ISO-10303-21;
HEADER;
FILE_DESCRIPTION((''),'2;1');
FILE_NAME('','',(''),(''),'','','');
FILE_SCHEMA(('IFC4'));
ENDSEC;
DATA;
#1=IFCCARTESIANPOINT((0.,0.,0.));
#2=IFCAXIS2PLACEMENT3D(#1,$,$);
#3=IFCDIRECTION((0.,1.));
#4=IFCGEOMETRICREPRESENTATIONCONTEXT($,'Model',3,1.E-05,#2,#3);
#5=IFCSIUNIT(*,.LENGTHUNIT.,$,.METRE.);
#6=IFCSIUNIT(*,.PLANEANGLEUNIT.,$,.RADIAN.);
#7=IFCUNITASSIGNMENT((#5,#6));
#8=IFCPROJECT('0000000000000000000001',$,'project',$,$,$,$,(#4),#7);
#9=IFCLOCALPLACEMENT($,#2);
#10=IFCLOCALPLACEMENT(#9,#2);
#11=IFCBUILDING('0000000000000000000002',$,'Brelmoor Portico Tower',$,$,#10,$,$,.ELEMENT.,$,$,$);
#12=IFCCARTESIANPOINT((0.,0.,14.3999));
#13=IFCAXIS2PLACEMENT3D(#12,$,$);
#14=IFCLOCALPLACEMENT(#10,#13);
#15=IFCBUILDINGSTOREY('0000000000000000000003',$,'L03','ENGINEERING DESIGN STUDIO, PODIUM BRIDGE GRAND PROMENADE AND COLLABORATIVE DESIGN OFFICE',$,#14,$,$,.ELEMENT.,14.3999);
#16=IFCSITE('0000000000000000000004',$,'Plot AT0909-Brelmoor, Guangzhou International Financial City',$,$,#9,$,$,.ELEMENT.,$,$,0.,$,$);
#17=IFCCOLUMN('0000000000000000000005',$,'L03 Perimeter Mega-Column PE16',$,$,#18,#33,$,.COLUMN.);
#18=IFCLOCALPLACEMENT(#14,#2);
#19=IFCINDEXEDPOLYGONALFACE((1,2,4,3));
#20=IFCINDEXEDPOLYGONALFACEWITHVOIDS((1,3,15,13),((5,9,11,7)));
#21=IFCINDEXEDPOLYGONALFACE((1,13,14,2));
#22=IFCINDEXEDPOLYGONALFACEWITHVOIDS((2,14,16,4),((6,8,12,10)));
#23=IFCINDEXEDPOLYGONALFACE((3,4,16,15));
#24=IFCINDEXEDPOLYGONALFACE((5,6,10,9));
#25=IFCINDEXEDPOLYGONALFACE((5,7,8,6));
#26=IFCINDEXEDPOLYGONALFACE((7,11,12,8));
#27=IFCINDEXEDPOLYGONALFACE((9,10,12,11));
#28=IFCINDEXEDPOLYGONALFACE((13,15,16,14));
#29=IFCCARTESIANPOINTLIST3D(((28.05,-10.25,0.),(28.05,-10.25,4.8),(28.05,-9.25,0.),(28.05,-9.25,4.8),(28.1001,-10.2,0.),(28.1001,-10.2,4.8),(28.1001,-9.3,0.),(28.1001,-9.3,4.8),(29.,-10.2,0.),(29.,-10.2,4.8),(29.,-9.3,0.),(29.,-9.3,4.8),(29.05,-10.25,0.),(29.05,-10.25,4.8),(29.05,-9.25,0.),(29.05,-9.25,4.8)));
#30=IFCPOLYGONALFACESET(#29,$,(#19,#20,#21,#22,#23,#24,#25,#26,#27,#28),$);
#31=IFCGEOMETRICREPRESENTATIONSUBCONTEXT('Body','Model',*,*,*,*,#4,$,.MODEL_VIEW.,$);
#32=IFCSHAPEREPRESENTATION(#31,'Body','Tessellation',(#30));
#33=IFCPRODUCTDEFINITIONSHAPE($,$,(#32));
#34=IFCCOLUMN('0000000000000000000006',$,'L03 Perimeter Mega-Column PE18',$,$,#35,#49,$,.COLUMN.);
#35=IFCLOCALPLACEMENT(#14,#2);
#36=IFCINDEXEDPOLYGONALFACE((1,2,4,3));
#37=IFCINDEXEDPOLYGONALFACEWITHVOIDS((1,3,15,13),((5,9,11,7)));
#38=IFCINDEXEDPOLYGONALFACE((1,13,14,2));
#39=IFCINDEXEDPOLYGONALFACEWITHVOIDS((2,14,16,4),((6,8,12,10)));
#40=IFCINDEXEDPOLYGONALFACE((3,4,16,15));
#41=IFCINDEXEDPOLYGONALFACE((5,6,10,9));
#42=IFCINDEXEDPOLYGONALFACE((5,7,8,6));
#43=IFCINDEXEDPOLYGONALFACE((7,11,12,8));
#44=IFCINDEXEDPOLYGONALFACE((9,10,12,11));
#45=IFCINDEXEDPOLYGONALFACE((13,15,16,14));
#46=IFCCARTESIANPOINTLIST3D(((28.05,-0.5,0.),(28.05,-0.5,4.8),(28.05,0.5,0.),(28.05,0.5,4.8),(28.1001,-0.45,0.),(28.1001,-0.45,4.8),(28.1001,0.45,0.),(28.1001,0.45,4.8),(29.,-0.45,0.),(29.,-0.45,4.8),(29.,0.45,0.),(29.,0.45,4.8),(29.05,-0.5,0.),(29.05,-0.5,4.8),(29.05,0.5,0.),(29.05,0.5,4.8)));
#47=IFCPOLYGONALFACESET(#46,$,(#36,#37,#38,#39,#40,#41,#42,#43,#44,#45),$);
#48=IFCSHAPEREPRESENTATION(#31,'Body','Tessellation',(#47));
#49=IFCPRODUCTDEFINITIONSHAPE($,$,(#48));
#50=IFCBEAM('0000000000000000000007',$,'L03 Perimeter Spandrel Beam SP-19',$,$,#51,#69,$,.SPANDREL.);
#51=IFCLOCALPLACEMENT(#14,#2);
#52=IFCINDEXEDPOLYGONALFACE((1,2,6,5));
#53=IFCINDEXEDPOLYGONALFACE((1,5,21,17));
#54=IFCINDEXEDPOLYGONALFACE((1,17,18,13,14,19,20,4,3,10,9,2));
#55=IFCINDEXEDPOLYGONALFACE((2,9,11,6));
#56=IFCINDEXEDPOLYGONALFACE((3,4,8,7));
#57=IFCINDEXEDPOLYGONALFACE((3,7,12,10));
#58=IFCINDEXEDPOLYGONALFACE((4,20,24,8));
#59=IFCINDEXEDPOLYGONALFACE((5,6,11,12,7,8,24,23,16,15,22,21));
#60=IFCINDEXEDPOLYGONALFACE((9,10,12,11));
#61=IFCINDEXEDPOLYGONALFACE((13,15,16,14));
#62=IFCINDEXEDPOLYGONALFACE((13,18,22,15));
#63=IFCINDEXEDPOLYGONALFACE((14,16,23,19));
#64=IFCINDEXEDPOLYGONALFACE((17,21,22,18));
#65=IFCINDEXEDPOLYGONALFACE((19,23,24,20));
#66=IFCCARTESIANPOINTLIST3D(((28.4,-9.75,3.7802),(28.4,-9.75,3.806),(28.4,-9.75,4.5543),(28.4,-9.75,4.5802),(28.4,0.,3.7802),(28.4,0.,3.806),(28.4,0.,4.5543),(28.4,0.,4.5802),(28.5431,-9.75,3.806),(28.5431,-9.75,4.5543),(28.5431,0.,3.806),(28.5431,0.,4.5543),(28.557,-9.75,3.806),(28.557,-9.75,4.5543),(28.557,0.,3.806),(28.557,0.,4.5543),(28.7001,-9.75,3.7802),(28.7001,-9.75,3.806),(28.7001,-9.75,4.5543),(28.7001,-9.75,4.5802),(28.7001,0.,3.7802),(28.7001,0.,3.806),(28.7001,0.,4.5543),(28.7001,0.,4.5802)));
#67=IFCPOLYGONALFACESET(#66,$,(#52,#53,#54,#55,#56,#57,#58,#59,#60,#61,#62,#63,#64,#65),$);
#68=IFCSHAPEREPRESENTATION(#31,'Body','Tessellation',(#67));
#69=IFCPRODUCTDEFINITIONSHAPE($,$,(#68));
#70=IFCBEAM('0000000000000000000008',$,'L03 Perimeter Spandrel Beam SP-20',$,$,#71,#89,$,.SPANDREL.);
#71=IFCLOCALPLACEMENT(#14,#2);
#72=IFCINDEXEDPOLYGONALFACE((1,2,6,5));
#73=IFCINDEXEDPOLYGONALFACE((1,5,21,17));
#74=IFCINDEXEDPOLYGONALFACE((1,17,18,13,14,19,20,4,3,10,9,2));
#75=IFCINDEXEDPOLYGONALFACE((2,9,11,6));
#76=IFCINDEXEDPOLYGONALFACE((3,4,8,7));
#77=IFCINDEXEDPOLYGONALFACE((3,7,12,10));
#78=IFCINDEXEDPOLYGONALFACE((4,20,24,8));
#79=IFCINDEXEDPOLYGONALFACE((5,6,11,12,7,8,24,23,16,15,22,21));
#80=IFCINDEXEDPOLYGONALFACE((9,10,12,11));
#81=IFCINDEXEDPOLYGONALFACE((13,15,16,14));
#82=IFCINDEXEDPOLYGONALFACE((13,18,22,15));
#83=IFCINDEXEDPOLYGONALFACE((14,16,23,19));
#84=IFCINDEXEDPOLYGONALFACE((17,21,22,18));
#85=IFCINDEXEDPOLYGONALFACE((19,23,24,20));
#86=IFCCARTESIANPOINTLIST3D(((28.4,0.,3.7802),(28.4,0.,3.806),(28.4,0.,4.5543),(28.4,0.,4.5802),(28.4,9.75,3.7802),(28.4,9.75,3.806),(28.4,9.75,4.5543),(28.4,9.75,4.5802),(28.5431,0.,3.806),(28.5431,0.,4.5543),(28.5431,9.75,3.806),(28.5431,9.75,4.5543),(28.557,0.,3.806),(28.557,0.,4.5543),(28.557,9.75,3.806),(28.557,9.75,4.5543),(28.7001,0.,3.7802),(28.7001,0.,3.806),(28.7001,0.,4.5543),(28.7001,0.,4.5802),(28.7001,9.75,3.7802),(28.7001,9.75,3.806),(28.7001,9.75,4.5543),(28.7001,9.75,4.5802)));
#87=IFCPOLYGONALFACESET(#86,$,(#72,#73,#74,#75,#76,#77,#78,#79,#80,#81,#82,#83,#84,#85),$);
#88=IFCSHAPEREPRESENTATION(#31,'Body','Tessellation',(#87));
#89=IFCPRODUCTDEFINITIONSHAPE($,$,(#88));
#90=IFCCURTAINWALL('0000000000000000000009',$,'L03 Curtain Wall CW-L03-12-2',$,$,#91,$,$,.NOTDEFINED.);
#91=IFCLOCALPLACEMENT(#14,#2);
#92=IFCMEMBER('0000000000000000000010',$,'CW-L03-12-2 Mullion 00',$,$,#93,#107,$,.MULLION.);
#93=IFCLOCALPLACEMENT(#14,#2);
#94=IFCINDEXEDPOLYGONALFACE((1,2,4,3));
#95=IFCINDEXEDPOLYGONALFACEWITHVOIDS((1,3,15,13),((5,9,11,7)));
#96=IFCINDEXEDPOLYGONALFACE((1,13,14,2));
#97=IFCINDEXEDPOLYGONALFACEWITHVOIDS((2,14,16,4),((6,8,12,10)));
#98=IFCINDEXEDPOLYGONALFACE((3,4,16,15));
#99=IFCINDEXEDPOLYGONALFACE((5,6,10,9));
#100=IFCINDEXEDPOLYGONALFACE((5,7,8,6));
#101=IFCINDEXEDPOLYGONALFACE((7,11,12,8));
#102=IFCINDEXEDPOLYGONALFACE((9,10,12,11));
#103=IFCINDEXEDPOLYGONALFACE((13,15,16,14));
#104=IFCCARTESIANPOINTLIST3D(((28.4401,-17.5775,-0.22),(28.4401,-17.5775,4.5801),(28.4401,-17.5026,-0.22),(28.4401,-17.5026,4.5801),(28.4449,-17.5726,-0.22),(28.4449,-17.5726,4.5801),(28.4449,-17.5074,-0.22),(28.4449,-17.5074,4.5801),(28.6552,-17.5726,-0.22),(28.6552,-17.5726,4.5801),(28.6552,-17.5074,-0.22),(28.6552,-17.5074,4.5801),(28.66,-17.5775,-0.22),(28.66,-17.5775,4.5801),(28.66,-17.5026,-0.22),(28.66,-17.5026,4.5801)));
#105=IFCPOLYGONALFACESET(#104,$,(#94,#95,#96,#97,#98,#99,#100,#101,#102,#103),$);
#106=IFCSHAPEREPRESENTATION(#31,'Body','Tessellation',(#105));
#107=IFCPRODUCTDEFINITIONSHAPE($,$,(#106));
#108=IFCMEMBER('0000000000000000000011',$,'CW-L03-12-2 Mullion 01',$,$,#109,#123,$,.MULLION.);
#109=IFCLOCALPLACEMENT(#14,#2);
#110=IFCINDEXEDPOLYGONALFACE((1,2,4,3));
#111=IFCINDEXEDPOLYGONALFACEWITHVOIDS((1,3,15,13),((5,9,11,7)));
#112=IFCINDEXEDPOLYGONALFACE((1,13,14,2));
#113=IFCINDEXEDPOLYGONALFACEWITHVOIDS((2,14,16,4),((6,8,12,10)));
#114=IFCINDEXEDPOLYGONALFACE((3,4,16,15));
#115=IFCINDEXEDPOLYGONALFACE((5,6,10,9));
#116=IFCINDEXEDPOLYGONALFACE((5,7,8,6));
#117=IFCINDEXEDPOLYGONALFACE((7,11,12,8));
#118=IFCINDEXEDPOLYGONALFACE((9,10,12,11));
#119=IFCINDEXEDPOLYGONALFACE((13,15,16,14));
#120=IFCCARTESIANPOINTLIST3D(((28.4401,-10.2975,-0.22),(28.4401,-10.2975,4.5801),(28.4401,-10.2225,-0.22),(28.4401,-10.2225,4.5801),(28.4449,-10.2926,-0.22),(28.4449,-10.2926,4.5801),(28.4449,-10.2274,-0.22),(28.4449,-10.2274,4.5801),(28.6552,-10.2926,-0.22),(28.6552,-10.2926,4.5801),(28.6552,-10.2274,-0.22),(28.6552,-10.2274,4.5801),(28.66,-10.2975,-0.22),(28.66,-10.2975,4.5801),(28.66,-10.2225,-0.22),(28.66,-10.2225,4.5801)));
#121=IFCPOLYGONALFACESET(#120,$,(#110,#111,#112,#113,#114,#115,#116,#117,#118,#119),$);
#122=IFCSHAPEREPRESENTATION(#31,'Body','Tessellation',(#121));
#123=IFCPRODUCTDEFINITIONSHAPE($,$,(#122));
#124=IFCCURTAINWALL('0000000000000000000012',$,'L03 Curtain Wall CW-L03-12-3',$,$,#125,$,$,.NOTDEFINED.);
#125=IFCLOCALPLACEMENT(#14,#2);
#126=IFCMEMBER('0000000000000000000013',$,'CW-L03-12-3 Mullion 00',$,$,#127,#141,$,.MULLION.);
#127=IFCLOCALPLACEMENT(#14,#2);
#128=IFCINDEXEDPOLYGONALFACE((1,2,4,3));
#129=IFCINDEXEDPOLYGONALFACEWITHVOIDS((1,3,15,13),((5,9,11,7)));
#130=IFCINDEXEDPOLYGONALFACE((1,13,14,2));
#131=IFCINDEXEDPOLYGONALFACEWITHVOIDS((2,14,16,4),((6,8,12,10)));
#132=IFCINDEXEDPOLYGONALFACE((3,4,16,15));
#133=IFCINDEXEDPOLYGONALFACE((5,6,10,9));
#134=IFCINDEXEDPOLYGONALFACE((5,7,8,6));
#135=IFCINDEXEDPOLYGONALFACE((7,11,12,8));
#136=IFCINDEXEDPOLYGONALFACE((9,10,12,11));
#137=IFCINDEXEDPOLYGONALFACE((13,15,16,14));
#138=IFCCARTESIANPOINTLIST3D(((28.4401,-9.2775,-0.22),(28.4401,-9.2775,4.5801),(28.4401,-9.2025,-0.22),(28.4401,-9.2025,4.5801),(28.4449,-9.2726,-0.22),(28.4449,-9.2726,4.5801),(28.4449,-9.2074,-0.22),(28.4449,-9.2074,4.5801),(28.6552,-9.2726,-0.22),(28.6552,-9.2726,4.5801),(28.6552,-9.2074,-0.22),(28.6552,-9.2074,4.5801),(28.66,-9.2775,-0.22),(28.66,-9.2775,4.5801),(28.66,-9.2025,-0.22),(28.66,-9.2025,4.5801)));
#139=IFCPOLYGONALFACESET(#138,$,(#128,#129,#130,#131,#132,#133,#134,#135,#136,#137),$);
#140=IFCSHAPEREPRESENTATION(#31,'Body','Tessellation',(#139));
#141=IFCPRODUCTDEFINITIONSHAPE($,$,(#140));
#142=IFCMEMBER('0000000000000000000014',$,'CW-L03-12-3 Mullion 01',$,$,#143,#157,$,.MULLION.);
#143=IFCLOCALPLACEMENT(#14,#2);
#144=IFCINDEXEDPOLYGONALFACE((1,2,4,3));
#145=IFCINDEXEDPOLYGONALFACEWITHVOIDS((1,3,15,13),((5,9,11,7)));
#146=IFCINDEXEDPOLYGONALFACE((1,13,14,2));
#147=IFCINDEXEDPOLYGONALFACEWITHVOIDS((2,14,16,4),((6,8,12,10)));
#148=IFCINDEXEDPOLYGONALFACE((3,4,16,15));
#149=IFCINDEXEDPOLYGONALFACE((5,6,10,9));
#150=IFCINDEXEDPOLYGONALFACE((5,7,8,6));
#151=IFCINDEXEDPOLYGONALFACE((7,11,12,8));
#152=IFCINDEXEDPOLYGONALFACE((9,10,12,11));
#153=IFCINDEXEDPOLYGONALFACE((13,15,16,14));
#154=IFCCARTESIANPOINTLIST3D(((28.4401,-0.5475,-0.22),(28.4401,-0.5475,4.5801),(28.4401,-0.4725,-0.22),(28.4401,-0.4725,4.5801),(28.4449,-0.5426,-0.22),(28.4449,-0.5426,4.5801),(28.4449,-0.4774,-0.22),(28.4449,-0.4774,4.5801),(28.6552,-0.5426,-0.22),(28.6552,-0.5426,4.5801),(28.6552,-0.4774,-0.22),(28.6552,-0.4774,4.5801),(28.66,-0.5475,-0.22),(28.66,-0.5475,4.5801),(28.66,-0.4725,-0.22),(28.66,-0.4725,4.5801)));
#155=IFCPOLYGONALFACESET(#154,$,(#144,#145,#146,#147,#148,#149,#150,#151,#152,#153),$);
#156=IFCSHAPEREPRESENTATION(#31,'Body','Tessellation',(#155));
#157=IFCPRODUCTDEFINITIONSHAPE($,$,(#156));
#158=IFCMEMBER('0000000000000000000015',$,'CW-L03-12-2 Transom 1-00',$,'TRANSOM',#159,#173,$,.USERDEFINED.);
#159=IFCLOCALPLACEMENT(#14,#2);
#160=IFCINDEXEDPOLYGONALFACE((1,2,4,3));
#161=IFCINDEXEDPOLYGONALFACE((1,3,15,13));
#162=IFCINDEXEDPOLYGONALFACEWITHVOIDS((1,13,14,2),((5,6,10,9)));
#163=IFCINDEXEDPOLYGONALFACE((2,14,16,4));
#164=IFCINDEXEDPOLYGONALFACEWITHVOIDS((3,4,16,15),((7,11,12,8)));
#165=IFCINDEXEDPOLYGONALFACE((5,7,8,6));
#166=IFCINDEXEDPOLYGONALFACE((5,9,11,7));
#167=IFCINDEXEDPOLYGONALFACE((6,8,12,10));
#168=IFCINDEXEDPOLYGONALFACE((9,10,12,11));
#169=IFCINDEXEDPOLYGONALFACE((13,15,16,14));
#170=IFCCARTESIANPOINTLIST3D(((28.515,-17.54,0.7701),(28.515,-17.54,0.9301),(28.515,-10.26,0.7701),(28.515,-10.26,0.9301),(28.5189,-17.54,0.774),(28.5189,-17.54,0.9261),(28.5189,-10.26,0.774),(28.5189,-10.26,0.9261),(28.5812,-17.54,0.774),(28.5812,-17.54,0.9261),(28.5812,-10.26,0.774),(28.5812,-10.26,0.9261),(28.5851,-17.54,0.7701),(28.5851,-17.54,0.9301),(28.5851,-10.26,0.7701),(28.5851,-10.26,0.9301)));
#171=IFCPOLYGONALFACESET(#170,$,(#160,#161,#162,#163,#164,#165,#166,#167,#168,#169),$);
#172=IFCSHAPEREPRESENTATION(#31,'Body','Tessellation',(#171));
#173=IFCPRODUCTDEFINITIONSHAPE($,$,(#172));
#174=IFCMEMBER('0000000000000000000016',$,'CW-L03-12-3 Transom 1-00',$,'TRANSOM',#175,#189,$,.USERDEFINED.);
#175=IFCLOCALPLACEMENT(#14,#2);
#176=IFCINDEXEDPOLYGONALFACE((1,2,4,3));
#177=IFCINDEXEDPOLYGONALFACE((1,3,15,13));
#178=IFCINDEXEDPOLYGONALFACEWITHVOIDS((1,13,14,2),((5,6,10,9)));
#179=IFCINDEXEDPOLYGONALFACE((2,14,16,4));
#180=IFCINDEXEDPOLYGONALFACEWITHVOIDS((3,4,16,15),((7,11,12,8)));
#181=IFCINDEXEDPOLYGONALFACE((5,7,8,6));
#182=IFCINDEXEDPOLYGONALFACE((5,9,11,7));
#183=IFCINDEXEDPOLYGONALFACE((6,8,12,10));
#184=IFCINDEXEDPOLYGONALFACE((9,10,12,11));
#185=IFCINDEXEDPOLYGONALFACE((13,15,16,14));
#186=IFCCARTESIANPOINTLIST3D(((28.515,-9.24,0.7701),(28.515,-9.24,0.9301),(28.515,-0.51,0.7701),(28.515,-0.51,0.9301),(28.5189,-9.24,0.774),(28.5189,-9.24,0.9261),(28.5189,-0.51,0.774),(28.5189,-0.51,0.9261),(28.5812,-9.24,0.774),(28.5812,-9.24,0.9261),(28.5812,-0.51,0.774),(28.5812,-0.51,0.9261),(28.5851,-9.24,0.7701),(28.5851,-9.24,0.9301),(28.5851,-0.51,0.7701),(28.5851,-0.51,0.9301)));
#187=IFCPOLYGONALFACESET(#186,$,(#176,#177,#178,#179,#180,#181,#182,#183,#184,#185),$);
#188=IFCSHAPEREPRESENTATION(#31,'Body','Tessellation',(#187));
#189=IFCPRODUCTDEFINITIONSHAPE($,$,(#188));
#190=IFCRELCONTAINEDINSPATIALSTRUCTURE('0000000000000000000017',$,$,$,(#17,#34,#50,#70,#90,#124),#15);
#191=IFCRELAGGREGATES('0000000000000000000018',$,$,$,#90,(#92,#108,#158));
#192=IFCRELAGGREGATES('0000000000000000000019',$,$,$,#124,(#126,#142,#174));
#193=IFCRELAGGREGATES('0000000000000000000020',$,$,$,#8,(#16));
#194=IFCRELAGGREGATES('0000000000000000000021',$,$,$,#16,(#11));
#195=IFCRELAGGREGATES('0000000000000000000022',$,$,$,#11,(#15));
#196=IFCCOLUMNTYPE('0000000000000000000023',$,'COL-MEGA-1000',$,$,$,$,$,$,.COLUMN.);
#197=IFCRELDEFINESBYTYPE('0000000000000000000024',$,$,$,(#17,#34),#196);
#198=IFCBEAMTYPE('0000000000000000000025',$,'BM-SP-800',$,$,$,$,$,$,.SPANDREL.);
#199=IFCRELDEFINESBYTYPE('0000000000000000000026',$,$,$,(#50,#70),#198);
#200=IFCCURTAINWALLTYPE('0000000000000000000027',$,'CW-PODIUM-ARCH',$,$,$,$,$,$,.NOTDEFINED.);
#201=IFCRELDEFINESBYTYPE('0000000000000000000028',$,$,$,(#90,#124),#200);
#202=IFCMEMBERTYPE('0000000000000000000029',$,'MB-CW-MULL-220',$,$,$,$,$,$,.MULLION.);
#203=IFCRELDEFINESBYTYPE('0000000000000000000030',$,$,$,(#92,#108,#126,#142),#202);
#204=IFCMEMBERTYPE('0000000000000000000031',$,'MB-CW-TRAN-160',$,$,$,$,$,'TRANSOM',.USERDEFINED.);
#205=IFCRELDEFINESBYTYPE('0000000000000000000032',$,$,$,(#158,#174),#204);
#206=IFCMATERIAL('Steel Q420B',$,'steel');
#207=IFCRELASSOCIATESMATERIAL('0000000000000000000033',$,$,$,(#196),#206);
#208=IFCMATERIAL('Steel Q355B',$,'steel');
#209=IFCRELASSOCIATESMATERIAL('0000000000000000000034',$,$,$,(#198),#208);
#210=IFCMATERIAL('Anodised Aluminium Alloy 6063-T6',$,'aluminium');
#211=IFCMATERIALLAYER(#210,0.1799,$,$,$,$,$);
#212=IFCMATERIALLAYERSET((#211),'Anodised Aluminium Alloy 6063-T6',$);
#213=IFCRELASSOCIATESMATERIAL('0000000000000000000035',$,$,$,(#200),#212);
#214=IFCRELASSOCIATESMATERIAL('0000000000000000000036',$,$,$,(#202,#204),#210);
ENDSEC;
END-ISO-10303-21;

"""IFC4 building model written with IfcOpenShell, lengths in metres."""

from ifc_helpers import new_model, si_unit, direction, frame, origin, origin_2d, place, context, subcontext, project, spatial, hollow_rectangle, i_section, extrude, material, layer, layer_set, material_profile, profile_set, type_object, element, aggregate, save


model = new_model("IFC4")

# Units and contexts
model_context = context("Model", 3, precision=1e-05, world=origin(), true_north=direction((0.0, 1.0)))
body_context = subcontext(model_context, "Body", "Model", "MODEL_VIEW")
ifc_project = project(units=[si_unit("LENGTHUNIT", "METRE"), si_unit("PLANEANGLEUNIT", "RADIAN")], contexts=[model_context])

# Site, building, storey
site_placement = place(None, origin())
site = spatial("IfcSite", under=ifc_project, at=site_placement, Name="Plot AT0909-Brelmoor, Guangzhou International Financial City", CompositionType="ELEMENT", RefElevation=0.0)
building_placement = place(site_placement, origin())
building = spatial("IfcBuilding", under=site, at=building_placement, Name="Brelmoor Portico Tower", CompositionType="ELEMENT")
storey_placement = place(building_placement, frame((0.0, 0.0, 14.3999)))
storey = spatial("IfcBuildingStorey", under=building, at=storey_placement, Name="L03", Description="ENGINEERING DESIGN STUDIO, PODIUM BRIDGE GRAND PROMENADE AND COLLABORATIVE DESIGN OFFICE", CompositionType="ELEMENT", Elevation=14.3999)

# Columns
ifc_material_1 = material(Name="Steel Q420B", Category="steel")
ifc_material_profile_1 = material_profile(ifc_material_1, hollow_rectangle(XDim=1.0, YDim=1.0, WallThickness=0.05, at=origin_2d()), Name="BOX 1000x1000x50")
ifc_profile_set_1 = profile_set([ifc_material_profile_1], Name="Steel Q420B")
column_type = type_object("IfcColumnType", Name="COL-MEGA-1000", PredefinedType="COLUMN", material=ifc_profile_set_1)
for number, where, z_axis, x_axis, name in (
    (1, (28.55, -9.75, 0.0), (0.0, 0.0, 1.0), (0.0, 1.0, 0.0), "L03 Perimeter Mega-Column PE16"),
    (2, (28.55, 0.0, 0.0), (0.0, 0.0, 1.0), (0.0, 1.0, 0.0), "L03 Perimeter Mega-Column PE18"),
):
    element("IfcColumn", number, at=place(storey_placement, frame(where, z_axis=z_axis, x_axis=x_axis)), inside=storey, type_object=column_type, Name=name, PredefinedType="COLUMN", context=body_context, shape_type="SweptSolid", body=[
        extrude(hollow_rectangle(XDim=1.0, YDim=1.0, WallThickness=0.05, at=origin_2d()), origin(), (0.0, 0.0, 1.0), 4.8),
    ])

# Beams
ifc_material_2 = material(Name="Steel Q355B", Category="steel")
ifc_material_profile_2 = material_profile(ifc_material_2, i_section(OverallWidth=0.3, OverallDepth=0.8, WebThickness=0.0139, FlangeThickness=0.0259, at=origin_2d()), Name="HN 800x300x14x26")
ifc_profile_set_2 = profile_set([ifc_material_profile_2], Name="Steel Q355B")
beam_type = type_object("IfcBeamType", Name="BM-SP-800", PredefinedType="SPANDREL", material=ifc_profile_set_2)
for number, where, z_axis, x_axis, name in (
    (3, (28.55, -9.75, 4.1802), (0.0, 1.0, 0.0), (-1.0, 0.0, 0.0), "L03 Perimeter Spandrel Beam SP-19"),
    (4, (28.55, 0.0, 4.1802), (0.0, 1.0, 0.0), (-1.0, 0.0, 0.0), "L03 Perimeter Spandrel Beam SP-20"),
):
    element("IfcBeam", number, at=place(storey_placement, frame(where, z_axis=z_axis, x_axis=x_axis)), inside=storey, type_object=beam_type, Name=name, PredefinedType="SPANDREL", context=body_context, shape_type="SweptSolid", body=[
        extrude(i_section(OverallWidth=0.3, OverallDepth=0.8, WebThickness=0.0139, FlangeThickness=0.0259, at=origin_2d()), origin(), (0.0, 0.0, 1.0), 9.75),
    ])

# Curtain walls, members
ifc_material_3 = material(Name="Anodised Aluminium Alloy 6063-T6", Category="aluminium")
ifc_layer_1 = layer(ifc_material_3, 0.1799)
ifc_layer_set_1 = layer_set([ifc_layer_1], Name="Anodised Aluminium Alloy 6063-T6")
curtain_wall_type = type_object("IfcCurtainWallType", Name="CW-PODIUM-ARCH", PredefinedType="NOTDEFINED", material=ifc_layer_set_1)
curtain_wall_1_placement = place(storey_placement, origin())
curtain_wall_1 = element("IfcCurtainWall", 5, at=curtain_wall_1_placement, inside=storey, type_object=curtain_wall_type, Name="L03 Curtain Wall CW-L03-12-2", PredefinedType="NOTDEFINED")
ifc_material_profile_3 = material_profile(ifc_material_3, hollow_rectangle(XDim=0.075, YDim=0.22, WallThickness=0.0049, at=origin_2d()), Name="ALU MULLION 75x220")
ifc_profile_set_3 = profile_set([ifc_material_profile_3], Name="Anodised Aluminium Alloy 6063-T6")
member_type_1 = type_object("IfcMemberType", Name="MB-CW-MULL-220", PredefinedType="MULLION", material=ifc_profile_set_3)
member_1_placement = place(storey_placement, frame((28.55, -17.54, -0.22), z_axis=(0.0, 0.0, 1.0), x_axis=(0.0, 1.0, 0.0)))
member_1 = element("IfcMember", 6, at=member_1_placement, type_object=member_type_1, Name="CW-L03-12-2 Mullion 00", PredefinedType="MULLION", context=body_context, shape_type="SweptSolid", body=[
    extrude(hollow_rectangle(XDim=0.075, YDim=0.22, WallThickness=0.0049, at=origin_2d()), origin(), (0.0, 0.0, 1.0), 4.8),
])
member_2_placement = place(storey_placement, frame((28.55, -10.26, -0.22), z_axis=(0.0, 0.0, 1.0), x_axis=(0.0, 1.0, 0.0)))
member_2 = element("IfcMember", 7, at=member_2_placement, type_object=member_type_1, Name="CW-L03-12-2 Mullion 01", PredefinedType="MULLION", context=body_context, shape_type="SweptSolid", body=[
    extrude(hollow_rectangle(XDim=0.075, YDim=0.22, WallThickness=0.0049, at=origin_2d()), origin(), (0.0, 0.0, 1.0), 4.8),
])
curtain_wall_2_placement = place(storey_placement, origin())
curtain_wall_2 = element("IfcCurtainWall", 8, at=curtain_wall_2_placement, inside=storey, type_object=curtain_wall_type, Name="L03 Curtain Wall CW-L03-12-3", PredefinedType="NOTDEFINED")
member_3_placement = place(storey_placement, frame((28.55, -9.24, -0.22), z_axis=(0.0, 0.0, 1.0), x_axis=(0.0, 1.0, 0.0)))
member_3 = element("IfcMember", 9, at=member_3_placement, type_object=member_type_1, Name="CW-L03-12-3 Mullion 00", PredefinedType="MULLION", context=body_context, shape_type="SweptSolid", body=[
    extrude(hollow_rectangle(XDim=0.075, YDim=0.22, WallThickness=0.0049, at=origin_2d()), origin(), (0.0, 0.0, 1.0), 4.8),
])
member_4_placement = place(storey_placement, frame((28.55, -0.51, -0.22), z_axis=(0.0, 0.0, 1.0), x_axis=(0.0, 1.0, 0.0)))
member_4 = element("IfcMember", 10, at=member_4_placement, type_object=member_type_1, Name="CW-L03-12-3 Mullion 01", PredefinedType="MULLION", context=body_context, shape_type="SweptSolid", body=[
    extrude(hollow_rectangle(XDim=0.075, YDim=0.22, WallThickness=0.0049, at=origin_2d()), origin(), (0.0, 0.0, 1.0), 4.8),
])

# Members
ifc_material_profile_4 = material_profile(ifc_material_3, hollow_rectangle(XDim=0.0701, YDim=0.1599, WallThickness=0.0039, at=origin_2d()), Name="ALU TRANSOM 70x160")
ifc_profile_set_4 = profile_set([ifc_material_profile_4], Name="Anodised Aluminium Alloy 6063-T6")
member_type_2 = type_object("IfcMemberType", Name="MB-CW-TRAN-160", ElementType="TRANSOM", PredefinedType="USERDEFINED", material=ifc_profile_set_4)
member_5_placement = place(storey_placement, frame((28.55, -17.54, 0.8501), z_axis=(0.0, 1.0, 0.0), x_axis=(-1.0, 0.0, 0.0)))
member_5 = element("IfcMember", 11, at=member_5_placement, type_object=member_type_2, Name="CW-L03-12-2 Transom 1-00", ObjectType="TRANSOM", PredefinedType="USERDEFINED", context=body_context, shape_type="SweptSolid", body=[
    extrude(hollow_rectangle(XDim=0.0701, YDim=0.1599, WallThickness=0.0039, at=origin_2d()), origin(), (0.0, 0.0, 1.0), 7.28),
])
member_6_placement = place(storey_placement, frame((28.55, -9.24, 0.8501), z_axis=(0.0, 1.0, 0.0), x_axis=(-1.0, 0.0, 0.0)))
member_6 = element("IfcMember", 12, at=member_6_placement, type_object=member_type_2, Name="CW-L03-12-3 Transom 1-00", ObjectType="TRANSOM", PredefinedType="USERDEFINED", context=body_context, shape_type="SweptSolid", body=[
    extrude(hollow_rectangle(XDim=0.0701, YDim=0.1599, WallThickness=0.0039, at=origin_2d()), origin(), (0.0, 0.0, 1.0), 8.73),
])

aggregate(curtain_wall_1, [member_1, member_2, member_5])
aggregate(curtain_wall_2, [member_3, member_4, member_6])

save(model, "model.ifc")
